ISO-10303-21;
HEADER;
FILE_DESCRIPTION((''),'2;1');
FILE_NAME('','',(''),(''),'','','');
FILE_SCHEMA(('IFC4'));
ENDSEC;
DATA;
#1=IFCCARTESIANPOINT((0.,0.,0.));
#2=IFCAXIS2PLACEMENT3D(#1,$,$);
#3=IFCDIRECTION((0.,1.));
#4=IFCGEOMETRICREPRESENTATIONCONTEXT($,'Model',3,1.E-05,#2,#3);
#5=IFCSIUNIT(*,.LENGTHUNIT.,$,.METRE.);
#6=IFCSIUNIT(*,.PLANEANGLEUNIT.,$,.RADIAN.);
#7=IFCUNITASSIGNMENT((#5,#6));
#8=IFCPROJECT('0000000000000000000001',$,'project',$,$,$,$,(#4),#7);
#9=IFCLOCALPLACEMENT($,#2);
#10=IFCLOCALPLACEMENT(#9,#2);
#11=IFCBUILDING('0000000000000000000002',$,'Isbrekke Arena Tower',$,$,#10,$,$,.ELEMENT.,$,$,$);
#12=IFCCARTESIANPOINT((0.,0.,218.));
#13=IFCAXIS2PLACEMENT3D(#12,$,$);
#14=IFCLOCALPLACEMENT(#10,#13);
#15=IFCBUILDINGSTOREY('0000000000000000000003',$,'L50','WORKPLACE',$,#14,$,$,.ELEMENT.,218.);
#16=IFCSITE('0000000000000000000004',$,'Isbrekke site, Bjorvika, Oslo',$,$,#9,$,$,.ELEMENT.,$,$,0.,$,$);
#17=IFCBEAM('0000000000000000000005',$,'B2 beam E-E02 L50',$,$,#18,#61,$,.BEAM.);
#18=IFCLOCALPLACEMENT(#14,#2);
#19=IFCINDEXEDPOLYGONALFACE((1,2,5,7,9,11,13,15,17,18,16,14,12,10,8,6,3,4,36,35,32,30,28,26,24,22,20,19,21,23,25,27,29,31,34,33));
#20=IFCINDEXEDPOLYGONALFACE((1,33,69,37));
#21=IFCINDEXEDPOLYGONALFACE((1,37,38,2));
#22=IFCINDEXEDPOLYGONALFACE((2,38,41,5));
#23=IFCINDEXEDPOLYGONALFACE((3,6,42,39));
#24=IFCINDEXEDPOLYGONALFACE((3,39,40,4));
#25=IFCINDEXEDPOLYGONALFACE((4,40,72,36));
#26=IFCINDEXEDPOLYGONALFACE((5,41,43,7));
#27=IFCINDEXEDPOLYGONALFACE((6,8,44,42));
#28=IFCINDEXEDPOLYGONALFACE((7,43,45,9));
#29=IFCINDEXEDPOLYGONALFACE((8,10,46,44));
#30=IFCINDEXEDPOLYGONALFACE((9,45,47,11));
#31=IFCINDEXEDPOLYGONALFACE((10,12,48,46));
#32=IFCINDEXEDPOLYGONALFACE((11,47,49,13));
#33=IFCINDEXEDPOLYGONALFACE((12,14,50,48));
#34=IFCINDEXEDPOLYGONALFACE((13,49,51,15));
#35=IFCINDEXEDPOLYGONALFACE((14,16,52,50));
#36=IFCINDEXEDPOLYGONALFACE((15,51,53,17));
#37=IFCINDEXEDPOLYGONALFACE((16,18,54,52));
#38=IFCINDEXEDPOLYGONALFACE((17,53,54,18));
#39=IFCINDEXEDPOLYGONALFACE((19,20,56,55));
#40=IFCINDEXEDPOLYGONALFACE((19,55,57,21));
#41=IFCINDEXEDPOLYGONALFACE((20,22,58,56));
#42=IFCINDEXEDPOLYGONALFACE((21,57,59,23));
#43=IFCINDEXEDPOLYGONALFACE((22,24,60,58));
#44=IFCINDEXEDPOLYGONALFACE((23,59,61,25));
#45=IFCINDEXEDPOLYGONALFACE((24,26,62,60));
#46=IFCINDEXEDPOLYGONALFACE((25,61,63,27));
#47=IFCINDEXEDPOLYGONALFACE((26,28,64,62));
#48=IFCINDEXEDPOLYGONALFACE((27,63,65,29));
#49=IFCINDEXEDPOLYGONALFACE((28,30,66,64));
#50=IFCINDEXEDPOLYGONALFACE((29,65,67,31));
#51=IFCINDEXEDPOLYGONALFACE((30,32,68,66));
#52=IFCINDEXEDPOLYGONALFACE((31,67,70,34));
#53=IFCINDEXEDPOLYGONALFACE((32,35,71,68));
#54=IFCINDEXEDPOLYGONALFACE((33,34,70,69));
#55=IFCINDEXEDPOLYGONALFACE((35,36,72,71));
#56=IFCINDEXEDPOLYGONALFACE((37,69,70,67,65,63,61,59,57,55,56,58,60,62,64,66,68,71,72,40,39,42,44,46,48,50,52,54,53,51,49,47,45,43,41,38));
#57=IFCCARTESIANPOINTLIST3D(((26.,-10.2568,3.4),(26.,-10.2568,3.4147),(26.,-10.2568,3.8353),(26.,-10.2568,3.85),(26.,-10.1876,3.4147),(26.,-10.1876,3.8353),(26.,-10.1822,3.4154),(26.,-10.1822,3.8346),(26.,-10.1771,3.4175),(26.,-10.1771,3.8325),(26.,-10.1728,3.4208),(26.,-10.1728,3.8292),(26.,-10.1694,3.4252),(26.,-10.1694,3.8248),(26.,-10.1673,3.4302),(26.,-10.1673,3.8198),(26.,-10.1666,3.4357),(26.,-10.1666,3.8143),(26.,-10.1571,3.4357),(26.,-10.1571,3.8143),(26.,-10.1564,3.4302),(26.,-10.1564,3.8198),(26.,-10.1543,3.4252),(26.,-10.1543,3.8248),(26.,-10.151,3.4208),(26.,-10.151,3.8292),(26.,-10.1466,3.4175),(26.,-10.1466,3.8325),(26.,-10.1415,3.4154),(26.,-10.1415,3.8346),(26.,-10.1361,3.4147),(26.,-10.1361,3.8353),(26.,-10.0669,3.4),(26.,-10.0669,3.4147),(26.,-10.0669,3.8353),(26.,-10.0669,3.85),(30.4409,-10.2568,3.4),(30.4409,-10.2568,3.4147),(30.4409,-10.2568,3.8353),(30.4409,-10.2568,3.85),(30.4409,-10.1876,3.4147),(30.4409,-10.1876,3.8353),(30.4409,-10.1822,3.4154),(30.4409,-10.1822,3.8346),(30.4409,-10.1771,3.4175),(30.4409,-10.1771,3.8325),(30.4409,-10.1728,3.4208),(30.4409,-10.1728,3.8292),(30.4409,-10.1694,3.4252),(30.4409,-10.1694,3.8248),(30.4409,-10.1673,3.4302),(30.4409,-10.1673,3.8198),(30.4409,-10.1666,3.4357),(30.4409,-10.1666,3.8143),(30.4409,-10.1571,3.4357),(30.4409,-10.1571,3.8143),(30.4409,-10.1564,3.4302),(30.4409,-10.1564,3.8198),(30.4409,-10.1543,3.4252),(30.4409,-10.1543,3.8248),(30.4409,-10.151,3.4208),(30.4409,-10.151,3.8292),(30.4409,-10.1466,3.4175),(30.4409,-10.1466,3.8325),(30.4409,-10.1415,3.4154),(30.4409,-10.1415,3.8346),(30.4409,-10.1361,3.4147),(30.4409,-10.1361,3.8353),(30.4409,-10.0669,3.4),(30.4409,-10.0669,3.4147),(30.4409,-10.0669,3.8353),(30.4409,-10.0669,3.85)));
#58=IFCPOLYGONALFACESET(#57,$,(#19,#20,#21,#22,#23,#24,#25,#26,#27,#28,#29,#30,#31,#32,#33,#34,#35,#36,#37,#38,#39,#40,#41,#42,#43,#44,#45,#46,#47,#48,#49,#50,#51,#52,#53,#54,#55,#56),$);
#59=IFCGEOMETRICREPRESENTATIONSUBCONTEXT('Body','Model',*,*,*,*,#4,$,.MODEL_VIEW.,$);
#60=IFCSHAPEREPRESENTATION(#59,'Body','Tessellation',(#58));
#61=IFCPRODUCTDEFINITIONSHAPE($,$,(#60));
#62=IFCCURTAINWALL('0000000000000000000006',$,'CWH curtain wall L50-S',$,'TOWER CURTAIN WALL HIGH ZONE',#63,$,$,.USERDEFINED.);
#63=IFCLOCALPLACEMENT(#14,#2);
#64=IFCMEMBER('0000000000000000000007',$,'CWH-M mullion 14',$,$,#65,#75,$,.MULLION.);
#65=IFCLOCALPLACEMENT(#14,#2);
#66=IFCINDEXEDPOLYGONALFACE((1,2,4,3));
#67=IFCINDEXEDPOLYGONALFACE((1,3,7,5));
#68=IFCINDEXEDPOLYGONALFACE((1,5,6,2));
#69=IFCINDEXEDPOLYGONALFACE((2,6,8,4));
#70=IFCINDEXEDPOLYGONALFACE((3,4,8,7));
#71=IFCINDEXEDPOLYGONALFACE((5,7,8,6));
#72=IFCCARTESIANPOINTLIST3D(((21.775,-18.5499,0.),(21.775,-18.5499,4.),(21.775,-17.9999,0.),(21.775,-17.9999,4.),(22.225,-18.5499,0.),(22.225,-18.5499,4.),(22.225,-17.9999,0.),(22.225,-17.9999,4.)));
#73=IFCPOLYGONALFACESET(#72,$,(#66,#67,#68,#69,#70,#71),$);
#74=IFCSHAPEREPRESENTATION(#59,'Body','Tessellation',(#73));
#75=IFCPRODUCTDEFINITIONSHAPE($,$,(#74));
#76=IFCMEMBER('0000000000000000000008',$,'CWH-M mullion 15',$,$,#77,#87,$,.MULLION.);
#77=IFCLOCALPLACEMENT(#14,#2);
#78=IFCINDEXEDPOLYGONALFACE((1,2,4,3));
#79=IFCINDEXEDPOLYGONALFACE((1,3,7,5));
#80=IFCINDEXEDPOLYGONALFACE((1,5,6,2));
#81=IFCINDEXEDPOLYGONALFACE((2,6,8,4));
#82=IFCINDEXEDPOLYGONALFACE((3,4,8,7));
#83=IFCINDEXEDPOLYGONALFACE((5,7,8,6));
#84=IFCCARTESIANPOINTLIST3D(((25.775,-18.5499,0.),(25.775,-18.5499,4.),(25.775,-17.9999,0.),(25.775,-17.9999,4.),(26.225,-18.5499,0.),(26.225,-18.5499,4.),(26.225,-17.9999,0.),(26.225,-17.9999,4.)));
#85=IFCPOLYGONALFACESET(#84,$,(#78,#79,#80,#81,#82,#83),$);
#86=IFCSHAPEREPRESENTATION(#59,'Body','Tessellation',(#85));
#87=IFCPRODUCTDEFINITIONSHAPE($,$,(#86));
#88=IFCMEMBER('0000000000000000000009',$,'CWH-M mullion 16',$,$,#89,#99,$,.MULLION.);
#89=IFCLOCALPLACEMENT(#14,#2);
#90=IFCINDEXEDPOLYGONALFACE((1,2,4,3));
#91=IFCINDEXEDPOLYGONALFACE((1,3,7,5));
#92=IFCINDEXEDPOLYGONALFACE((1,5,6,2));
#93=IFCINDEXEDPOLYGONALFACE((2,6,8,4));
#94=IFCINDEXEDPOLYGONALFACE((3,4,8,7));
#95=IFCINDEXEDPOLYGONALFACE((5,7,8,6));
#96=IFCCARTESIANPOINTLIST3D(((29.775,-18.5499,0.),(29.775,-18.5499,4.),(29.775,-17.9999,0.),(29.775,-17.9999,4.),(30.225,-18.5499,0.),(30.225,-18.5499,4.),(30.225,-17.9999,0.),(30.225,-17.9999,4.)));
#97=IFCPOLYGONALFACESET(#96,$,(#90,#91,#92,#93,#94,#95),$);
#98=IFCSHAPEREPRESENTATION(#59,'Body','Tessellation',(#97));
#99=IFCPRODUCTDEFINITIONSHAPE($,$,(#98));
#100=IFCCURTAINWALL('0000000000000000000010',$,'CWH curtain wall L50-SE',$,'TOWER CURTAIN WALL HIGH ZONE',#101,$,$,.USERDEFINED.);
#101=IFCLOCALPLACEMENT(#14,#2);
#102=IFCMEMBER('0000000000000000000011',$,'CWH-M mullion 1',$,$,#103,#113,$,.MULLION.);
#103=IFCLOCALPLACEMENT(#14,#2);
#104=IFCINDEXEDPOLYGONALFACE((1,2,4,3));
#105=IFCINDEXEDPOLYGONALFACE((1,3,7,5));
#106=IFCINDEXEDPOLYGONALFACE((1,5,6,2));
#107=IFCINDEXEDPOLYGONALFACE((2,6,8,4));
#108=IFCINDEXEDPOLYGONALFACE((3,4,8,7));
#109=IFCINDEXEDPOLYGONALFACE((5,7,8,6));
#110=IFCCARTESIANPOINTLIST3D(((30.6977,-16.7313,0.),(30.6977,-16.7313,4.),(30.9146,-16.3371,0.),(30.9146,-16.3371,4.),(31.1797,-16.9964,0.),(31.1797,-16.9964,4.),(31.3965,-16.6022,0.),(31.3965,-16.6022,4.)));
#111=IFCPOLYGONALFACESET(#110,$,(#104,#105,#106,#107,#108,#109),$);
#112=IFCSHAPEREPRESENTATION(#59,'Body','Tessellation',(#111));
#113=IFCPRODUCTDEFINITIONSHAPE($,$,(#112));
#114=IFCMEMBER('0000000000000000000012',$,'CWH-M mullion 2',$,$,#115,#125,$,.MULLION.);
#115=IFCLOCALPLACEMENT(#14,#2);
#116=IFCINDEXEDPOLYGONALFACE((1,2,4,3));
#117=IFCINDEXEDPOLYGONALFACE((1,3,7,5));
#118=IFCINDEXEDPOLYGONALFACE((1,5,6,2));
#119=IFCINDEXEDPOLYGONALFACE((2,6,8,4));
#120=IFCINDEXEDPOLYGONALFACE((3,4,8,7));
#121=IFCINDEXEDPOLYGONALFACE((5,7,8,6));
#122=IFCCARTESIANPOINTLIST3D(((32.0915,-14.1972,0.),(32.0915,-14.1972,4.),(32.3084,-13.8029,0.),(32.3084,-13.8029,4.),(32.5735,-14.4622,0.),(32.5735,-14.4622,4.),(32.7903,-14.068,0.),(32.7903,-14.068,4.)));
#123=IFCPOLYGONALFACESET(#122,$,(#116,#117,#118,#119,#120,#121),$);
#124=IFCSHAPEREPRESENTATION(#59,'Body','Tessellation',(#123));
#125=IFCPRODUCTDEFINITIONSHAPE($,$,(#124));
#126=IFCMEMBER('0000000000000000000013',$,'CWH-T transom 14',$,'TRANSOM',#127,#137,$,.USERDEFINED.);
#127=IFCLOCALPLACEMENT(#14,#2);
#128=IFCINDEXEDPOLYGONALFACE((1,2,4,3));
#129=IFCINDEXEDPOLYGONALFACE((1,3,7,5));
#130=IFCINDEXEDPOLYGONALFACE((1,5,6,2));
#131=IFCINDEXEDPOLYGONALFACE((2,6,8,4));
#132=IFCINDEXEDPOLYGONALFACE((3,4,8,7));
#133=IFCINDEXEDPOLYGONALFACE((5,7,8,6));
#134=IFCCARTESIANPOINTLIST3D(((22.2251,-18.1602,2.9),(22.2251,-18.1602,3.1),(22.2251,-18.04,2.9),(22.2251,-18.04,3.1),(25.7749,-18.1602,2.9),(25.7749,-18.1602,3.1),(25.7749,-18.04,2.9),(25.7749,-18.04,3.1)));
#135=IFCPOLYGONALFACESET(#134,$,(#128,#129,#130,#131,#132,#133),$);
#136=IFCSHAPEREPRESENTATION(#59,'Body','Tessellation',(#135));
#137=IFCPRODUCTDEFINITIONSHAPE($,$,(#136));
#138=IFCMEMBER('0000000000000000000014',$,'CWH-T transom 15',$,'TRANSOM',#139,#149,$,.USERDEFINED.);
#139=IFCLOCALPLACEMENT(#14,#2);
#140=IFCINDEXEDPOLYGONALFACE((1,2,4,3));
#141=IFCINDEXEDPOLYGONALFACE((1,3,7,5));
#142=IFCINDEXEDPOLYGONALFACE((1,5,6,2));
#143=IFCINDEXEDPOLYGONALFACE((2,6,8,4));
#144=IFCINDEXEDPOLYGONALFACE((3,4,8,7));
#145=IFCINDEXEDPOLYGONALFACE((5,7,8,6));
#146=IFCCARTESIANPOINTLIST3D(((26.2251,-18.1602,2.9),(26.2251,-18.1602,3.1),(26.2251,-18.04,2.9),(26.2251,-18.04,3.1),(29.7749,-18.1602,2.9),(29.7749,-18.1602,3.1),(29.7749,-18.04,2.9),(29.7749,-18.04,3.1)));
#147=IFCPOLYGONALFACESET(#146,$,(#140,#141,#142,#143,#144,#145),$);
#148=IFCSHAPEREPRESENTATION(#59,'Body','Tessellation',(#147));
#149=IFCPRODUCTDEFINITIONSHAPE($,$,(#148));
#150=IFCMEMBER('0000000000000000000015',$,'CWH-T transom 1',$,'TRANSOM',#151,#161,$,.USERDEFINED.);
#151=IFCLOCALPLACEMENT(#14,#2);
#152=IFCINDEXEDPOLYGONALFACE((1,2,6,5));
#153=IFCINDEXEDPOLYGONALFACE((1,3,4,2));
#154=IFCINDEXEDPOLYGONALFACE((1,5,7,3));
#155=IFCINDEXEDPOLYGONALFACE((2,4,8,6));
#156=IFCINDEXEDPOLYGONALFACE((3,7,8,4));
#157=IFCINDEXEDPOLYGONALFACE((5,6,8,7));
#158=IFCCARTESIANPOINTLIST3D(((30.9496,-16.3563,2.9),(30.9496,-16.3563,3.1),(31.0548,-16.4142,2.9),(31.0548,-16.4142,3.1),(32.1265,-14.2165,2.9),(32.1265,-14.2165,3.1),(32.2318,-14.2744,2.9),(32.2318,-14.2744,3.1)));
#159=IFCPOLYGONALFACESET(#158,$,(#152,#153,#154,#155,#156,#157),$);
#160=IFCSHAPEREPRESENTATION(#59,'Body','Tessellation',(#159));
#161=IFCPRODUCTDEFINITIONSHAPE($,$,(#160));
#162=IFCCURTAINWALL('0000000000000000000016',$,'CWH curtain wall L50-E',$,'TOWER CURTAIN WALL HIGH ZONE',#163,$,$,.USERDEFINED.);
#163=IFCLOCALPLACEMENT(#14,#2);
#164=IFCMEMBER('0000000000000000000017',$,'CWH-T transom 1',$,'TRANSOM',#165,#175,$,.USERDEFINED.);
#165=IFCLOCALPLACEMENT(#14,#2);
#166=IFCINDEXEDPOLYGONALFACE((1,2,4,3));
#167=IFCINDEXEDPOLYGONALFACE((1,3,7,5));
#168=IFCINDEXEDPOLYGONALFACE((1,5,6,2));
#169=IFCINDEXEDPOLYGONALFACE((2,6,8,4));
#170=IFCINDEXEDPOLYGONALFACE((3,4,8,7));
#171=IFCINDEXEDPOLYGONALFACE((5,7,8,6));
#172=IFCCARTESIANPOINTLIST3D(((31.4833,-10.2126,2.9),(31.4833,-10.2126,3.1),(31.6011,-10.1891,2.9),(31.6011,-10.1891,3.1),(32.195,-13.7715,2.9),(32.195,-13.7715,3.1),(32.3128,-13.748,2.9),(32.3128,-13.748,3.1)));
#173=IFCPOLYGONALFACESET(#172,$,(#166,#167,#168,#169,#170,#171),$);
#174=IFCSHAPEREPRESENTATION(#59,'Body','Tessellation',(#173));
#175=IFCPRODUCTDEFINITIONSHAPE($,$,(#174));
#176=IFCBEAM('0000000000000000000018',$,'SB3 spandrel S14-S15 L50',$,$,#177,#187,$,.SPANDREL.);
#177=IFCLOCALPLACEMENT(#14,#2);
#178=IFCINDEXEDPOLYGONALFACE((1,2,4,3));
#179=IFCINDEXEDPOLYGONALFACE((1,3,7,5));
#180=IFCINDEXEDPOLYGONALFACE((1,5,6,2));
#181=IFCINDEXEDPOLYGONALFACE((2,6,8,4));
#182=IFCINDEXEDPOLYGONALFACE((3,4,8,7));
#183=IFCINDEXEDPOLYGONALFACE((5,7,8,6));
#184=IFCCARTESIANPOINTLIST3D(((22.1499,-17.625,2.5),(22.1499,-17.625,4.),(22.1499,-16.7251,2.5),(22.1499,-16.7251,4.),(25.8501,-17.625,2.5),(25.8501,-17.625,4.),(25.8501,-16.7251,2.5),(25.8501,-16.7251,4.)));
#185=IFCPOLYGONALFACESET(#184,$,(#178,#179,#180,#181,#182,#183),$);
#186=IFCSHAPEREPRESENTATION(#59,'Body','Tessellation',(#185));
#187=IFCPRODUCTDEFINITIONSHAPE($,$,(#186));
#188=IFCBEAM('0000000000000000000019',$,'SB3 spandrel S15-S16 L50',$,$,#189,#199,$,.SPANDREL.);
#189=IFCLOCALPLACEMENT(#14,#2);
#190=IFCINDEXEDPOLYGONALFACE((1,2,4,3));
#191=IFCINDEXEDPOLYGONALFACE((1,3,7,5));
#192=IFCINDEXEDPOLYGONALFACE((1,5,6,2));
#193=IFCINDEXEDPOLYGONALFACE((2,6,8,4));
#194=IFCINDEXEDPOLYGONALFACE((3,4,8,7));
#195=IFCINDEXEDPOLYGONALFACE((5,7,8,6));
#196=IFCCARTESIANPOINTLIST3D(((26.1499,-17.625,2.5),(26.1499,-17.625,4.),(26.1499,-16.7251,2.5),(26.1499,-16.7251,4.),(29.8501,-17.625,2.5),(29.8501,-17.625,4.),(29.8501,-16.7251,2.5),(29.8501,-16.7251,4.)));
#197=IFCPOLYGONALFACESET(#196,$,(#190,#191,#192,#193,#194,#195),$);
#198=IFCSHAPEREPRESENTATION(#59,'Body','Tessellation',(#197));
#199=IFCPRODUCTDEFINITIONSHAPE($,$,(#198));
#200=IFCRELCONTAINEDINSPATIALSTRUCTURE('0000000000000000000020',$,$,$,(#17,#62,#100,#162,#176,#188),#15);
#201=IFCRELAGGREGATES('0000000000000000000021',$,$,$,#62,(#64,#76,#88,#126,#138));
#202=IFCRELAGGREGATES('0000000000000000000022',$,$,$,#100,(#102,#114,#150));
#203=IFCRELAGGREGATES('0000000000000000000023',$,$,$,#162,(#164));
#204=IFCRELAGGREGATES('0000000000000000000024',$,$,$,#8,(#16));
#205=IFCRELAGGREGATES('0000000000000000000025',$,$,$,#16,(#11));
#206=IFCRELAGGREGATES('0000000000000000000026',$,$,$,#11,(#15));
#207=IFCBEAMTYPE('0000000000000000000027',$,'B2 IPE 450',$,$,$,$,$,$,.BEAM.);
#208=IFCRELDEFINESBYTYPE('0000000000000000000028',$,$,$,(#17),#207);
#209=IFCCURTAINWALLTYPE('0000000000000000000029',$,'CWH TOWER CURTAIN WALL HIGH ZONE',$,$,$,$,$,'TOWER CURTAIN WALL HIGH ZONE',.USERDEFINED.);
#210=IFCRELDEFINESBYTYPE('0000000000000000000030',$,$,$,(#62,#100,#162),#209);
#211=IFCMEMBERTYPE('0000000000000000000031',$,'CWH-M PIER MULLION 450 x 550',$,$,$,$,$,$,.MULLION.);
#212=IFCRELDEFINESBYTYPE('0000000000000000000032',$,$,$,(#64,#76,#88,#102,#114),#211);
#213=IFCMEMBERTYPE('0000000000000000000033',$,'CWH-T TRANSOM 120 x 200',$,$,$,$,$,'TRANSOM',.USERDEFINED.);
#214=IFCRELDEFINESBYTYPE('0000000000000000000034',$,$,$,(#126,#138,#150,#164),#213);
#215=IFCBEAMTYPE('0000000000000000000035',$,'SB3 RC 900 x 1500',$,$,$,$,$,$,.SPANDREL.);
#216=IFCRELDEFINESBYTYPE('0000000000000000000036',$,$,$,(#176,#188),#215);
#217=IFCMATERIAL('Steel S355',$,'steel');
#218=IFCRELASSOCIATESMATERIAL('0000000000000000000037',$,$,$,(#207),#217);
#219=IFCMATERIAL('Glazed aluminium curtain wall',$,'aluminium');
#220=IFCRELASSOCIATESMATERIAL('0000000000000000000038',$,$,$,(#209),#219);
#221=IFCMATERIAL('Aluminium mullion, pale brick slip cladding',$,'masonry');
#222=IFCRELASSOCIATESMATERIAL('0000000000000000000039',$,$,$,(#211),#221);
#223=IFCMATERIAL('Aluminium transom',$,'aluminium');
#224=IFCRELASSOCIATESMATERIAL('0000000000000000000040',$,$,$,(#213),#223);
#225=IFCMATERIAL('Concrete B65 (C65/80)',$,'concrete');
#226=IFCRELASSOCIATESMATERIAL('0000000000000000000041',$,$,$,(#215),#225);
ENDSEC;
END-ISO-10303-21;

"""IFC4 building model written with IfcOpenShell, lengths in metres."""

from ifc_helpers import new_model, si_unit, direction, frame, origin, origin_2d, place, context, subcontext, project, spatial, rectangle, i_section, extrude, material, material_profile, profile_set, type_object, element, aggregate, save


model = new_model("IFC4")

# Units and contexts
model_context = context("Model", 3, precision=1e-05, world=origin(), true_north=direction((0.0, 1.0)))
body_context = subcontext(model_context, "Body", "Model", "MODEL_VIEW")
ifc_project = project(units=[si_unit("LENGTHUNIT", "METRE"), si_unit("PLANEANGLEUNIT", "RADIAN")], contexts=[model_context])

# Site, building, storey
site_placement = place(None, origin())
site = spatial("IfcSite", under=ifc_project, at=site_placement, Name="Isbrekke site, Bjorvika, Oslo", CompositionType="ELEMENT", RefElevation=0.0)
building_placement = place(site_placement, origin())
building = spatial("IfcBuilding", under=site, at=building_placement, Name="Isbrekke Arena Tower", CompositionType="ELEMENT")
storey_placement = place(building_placement, frame((0.0, 0.0, 218.0)))
storey = spatial("IfcBuildingStorey", under=building, at=storey_placement, Name="L50", Description="WORKPLACE", CompositionType="ELEMENT", Elevation=218.0)

# Beam
ifc_material_1 = material(Name="Steel S355", Category="steel")
ifc_material_profile_1 = material_profile(ifc_material_1, i_section(OverallWidth=0.1899, OverallDepth=0.45, WebThickness=0.0095, FlangeThickness=0.0146, FilletRadius=0.021, at=origin_2d()), Name="IPE 450")
ifc_profile_set_1 = profile_set([ifc_material_profile_1], Name="Steel S355")
beam_type_1 = type_object("IfcBeamType", Name="B2 IPE 450", PredefinedType="BEAM", material=ifc_profile_set_1)
beam_1_placement = place(storey_placement, frame((30.4409, -10.1619, 3.625), z_axis=(-1.0, 0.0, 0.0), x_axis=(0.0, -1.0, 0.0)))
element("IfcBeam", 1, at=beam_1_placement, inside=storey, type_object=beam_type_1, Name="B2 beam E-E02 L50", PredefinedType="BEAM", context=body_context, shape_type="SweptSolid", body=[
    extrude(i_section(OverallWidth=0.1899, OverallDepth=0.45, WebThickness=0.0095, FlangeThickness=0.0146, FilletRadius=0.021, at=origin_2d()), origin(), (0.0, 0.0, 1.0), 4.4409),
])

# Curtain walls, members
ifc_material_2 = material(Name="Glazed aluminium curtain wall", Category="aluminium")
curtain_wall_type = type_object("IfcCurtainWallType", Name="CWH TOWER CURTAIN WALL HIGH ZONE", ElementType="TOWER CURTAIN WALL HIGH ZONE", PredefinedType="USERDEFINED", material=ifc_material_2)
curtain_wall_1_placement = place(storey_placement, origin())
curtain_wall_1 = element("IfcCurtainWall", 2, at=curtain_wall_1_placement, inside=storey, type_object=curtain_wall_type, Name="CWH curtain wall L50-S", ObjectType="TOWER CURTAIN WALL HIGH ZONE", PredefinedType="USERDEFINED")
ifc_material_3 = material(Name="Aluminium mullion, pale brick slip cladding", Category="masonry")
ifc_material_profile_2 = material_profile(ifc_material_3, rectangle(XDim=0.45, YDim=0.55, at=origin_2d()), Name="PIER 450X550")
ifc_profile_set_2 = profile_set([ifc_material_profile_2], Name="Aluminium mullion, pale brick slip cladding")
member_type_1 = type_object("IfcMemberType", Name="CWH-M PIER MULLION 450 x 550", PredefinedType="MULLION", material=ifc_profile_set_2)
member_1_placement = place(storey_placement, frame((22.0, -18.2749, 0.0), z_axis=(0.0, 0.0, 1.0), x_axis=(1.0, 0.0, 0.0)))
member_1 = element("IfcMember", 3, at=member_1_placement, type_object=member_type_1, Name="CWH-M mullion 14", PredefinedType="MULLION", context=body_context, shape_type="SweptSolid", body=[
    extrude(rectangle(XDim=0.45, YDim=0.55, at=origin_2d()), origin(), (0.0, 0.0, 1.0), 4.0),
])
member_2_placement = place(storey_placement, frame((26.0, -18.2749, 0.0), z_axis=(0.0, 0.0, 1.0), x_axis=(1.0, 0.0, 0.0)))
member_2 = element("IfcMember", 4, at=member_2_placement, type_object=member_type_1, Name="CWH-M mullion 15", PredefinedType="MULLION", context=body_context, shape_type="SweptSolid", body=[
    extrude(rectangle(XDim=0.45, YDim=0.55, at=origin_2d()), origin(), (0.0, 0.0, 1.0), 4.0),
])
member_3_placement = place(storey_placement, frame((30.0, -18.2749, 0.0), z_axis=(0.0, 0.0, 1.0), x_axis=(1.0, 0.0, 0.0)))
member_3 = element("IfcMember", 5, at=member_3_placement, type_object=member_type_1, Name="CWH-M mullion 16", PredefinedType="MULLION", context=body_context, shape_type="SweptSolid", body=[
    extrude(rectangle(XDim=0.45, YDim=0.55, at=origin_2d()), origin(), (0.0, 0.0, 1.0), 4.0),
])
curtain_wall_2_placement = place(storey_placement, origin())
curtain_wall_2 = element("IfcCurtainWall", 6, at=curtain_wall_2_placement, inside=storey, type_object=curtain_wall_type, Name="CWH curtain wall L50-SE", ObjectType="TOWER CURTAIN WALL HIGH ZONE", PredefinedType="USERDEFINED")
member_4_placement = place(storey_placement, frame((31.0471, -16.6667, 0.0), z_axis=(0.0, 0.0, 1.0), x_axis=(0.481919, 0.876216, 0.0)))
member_4 = element("IfcMember", 7, at=member_4_placement, type_object=member_type_1, Name="CWH-M mullion 1", PredefinedType="MULLION", context=body_context, shape_type="SweptSolid", body=[
    extrude(rectangle(XDim=0.45, YDim=0.55, at=origin_2d()), origin(), (0.0, 0.0, 1.0), 4.0),
])
member_5_placement = place(storey_placement, frame((32.4409, -14.1326, 0.0), z_axis=(0.0, 0.0, 1.0), x_axis=(0.481919, 0.876216, 0.0)))
member_5 = element("IfcMember", 8, at=member_5_placement, type_object=member_type_1, Name="CWH-M mullion 2", PredefinedType="MULLION", context=body_context, shape_type="SweptSolid", body=[
    extrude(rectangle(XDim=0.45, YDim=0.55, at=origin_2d()), origin(), (0.0, 0.0, 1.0), 4.0),
])

# Members
ifc_material_4 = material(Name="Aluminium transom", Category="aluminium")
ifc_material_profile_3 = material_profile(ifc_material_4, rectangle(XDim=0.1201, YDim=0.2, at=origin_2d()), Name="TRANSOM 120X200")
ifc_profile_set_3 = profile_set([ifc_material_profile_3], Name="Aluminium transom")
member_type_2 = type_object("IfcMemberType", Name="CWH-T TRANSOM 120 x 200", ElementType="TRANSOM", PredefinedType="USERDEFINED", material=ifc_profile_set_3)
member_6_placement = place(storey_placement, frame((22.2251, -18.1001, 3.0), z_axis=(1.0, 0.0, 0.0), x_axis=(0.0, 1.0, 0.0)))
member_6 = element("IfcMember", 9, at=member_6_placement, type_object=member_type_2, Name="CWH-T transom 14", ObjectType="TRANSOM", PredefinedType="USERDEFINED", context=body_context, shape_type="SweptSolid", body=[
    extrude(rectangle(XDim=0.1201, YDim=0.2, at=origin_2d()), origin(), (0.0, 0.0, 1.0), 3.5498),
])
member_7_placement = place(storey_placement, frame((26.2251, -18.1001, 3.0), z_axis=(1.0, 0.0, 0.0), x_axis=(0.0, 1.0, 0.0)))
member_7 = element("IfcMember", 10, at=member_7_placement, type_object=member_type_2, Name="CWH-T transom 15", ObjectType="TRANSOM", PredefinedType="USERDEFINED", context=body_context, shape_type="SweptSolid", body=[
    extrude(rectangle(XDim=0.1201, YDim=0.2, at=origin_2d()), origin(), (0.0, 0.0, 1.0), 3.5498),
])
member_8_placement = place(storey_placement, frame((31.0022, -16.3853, 3.0), z_axis=(0.481938, 0.876205, 0.0), x_axis=(-0.876205, 0.481938, 0.0)))
member_8 = element("IfcMember", 11, at=member_8_placement, type_object=member_type_2, Name="CWH-T transom 1", ObjectType="TRANSOM", PredefinedType="USERDEFINED", context=body_context, shape_type="SweptSolid", body=[
    extrude(rectangle(XDim=0.1201, YDim=0.2, at=origin_2d()), origin(), (0.0, 0.0, 1.0), 2.4421),
])

# Curtain wall, member
curtain_wall_3_placement = place(storey_placement, origin())
curtain_wall_3 = element("IfcCurtainWall", 12, at=curtain_wall_3_placement, inside=storey, type_object=curtain_wall_type, Name="CWH curtain wall L50-E", ObjectType="TOWER CURTAIN WALL HIGH ZONE", PredefinedType="USERDEFINED")
member_9_placement = place(storey_placement, frame((32.2539, -13.7598, 3.0), z_axis=(-0.19609, 0.980586, 0.0), x_axis=(-0.980586, -0.19609, 0.0)))
member_9 = element("IfcMember", 13, at=member_9_placement, type_object=member_type_2, Name="CWH-T transom 1", ObjectType="TRANSOM", PredefinedType="USERDEFINED", context=body_context, shape_type="SweptSolid", body=[
    extrude(rectangle(XDim=0.1201, YDim=0.2, at=origin_2d()), origin(), (0.0, 0.0, 1.0), 3.6294),
])

# Beams
ifc_material_5 = material(Name="Concrete B65 (C65/80)", Category="concrete")
ifc_material_profile_4 = material_profile(ifc_material_5, rectangle(XDim=0.8999, YDim=1.5, at=origin_2d()), Name="RC 900x1500")
ifc_profile_set_4 = profile_set([ifc_material_profile_4], Name="Concrete B65 (C65/80)")
beam_type_2 = type_object("IfcBeamType", Name="SB3 RC 900 x 1500", PredefinedType="SPANDREL", material=ifc_profile_set_4)
for number, where, z_axis, x_axis, name in (
    (14, (22.1499, -17.175, 3.25), (1.0, 0.0, 0.0), (0.0, 1.0, 0.0), "SB3 spandrel S14-S15 L50"),
    (15, (26.1499, -17.175, 3.25), (1.0, 0.0, 0.0), (0.0, 1.0, 0.0), "SB3 spandrel S15-S16 L50"),
):
    element("IfcBeam", number, at=place(storey_placement, frame(where, z_axis=z_axis, x_axis=x_axis)), inside=storey, type_object=beam_type_2, Name=name, PredefinedType="SPANDREL", context=body_context, shape_type="SweptSolid", body=[
        extrude(rectangle(XDim=0.8999, YDim=1.5, at=origin_2d()), origin(), (0.0, 0.0, 1.0), 3.7002),
    ])

aggregate(curtain_wall_1, [member_1, member_2, member_3, member_6, member_7])
aggregate(curtain_wall_2, [member_4, member_5, member_8])
aggregate(curtain_wall_3, [member_9])

save(model, "model.ifc")
